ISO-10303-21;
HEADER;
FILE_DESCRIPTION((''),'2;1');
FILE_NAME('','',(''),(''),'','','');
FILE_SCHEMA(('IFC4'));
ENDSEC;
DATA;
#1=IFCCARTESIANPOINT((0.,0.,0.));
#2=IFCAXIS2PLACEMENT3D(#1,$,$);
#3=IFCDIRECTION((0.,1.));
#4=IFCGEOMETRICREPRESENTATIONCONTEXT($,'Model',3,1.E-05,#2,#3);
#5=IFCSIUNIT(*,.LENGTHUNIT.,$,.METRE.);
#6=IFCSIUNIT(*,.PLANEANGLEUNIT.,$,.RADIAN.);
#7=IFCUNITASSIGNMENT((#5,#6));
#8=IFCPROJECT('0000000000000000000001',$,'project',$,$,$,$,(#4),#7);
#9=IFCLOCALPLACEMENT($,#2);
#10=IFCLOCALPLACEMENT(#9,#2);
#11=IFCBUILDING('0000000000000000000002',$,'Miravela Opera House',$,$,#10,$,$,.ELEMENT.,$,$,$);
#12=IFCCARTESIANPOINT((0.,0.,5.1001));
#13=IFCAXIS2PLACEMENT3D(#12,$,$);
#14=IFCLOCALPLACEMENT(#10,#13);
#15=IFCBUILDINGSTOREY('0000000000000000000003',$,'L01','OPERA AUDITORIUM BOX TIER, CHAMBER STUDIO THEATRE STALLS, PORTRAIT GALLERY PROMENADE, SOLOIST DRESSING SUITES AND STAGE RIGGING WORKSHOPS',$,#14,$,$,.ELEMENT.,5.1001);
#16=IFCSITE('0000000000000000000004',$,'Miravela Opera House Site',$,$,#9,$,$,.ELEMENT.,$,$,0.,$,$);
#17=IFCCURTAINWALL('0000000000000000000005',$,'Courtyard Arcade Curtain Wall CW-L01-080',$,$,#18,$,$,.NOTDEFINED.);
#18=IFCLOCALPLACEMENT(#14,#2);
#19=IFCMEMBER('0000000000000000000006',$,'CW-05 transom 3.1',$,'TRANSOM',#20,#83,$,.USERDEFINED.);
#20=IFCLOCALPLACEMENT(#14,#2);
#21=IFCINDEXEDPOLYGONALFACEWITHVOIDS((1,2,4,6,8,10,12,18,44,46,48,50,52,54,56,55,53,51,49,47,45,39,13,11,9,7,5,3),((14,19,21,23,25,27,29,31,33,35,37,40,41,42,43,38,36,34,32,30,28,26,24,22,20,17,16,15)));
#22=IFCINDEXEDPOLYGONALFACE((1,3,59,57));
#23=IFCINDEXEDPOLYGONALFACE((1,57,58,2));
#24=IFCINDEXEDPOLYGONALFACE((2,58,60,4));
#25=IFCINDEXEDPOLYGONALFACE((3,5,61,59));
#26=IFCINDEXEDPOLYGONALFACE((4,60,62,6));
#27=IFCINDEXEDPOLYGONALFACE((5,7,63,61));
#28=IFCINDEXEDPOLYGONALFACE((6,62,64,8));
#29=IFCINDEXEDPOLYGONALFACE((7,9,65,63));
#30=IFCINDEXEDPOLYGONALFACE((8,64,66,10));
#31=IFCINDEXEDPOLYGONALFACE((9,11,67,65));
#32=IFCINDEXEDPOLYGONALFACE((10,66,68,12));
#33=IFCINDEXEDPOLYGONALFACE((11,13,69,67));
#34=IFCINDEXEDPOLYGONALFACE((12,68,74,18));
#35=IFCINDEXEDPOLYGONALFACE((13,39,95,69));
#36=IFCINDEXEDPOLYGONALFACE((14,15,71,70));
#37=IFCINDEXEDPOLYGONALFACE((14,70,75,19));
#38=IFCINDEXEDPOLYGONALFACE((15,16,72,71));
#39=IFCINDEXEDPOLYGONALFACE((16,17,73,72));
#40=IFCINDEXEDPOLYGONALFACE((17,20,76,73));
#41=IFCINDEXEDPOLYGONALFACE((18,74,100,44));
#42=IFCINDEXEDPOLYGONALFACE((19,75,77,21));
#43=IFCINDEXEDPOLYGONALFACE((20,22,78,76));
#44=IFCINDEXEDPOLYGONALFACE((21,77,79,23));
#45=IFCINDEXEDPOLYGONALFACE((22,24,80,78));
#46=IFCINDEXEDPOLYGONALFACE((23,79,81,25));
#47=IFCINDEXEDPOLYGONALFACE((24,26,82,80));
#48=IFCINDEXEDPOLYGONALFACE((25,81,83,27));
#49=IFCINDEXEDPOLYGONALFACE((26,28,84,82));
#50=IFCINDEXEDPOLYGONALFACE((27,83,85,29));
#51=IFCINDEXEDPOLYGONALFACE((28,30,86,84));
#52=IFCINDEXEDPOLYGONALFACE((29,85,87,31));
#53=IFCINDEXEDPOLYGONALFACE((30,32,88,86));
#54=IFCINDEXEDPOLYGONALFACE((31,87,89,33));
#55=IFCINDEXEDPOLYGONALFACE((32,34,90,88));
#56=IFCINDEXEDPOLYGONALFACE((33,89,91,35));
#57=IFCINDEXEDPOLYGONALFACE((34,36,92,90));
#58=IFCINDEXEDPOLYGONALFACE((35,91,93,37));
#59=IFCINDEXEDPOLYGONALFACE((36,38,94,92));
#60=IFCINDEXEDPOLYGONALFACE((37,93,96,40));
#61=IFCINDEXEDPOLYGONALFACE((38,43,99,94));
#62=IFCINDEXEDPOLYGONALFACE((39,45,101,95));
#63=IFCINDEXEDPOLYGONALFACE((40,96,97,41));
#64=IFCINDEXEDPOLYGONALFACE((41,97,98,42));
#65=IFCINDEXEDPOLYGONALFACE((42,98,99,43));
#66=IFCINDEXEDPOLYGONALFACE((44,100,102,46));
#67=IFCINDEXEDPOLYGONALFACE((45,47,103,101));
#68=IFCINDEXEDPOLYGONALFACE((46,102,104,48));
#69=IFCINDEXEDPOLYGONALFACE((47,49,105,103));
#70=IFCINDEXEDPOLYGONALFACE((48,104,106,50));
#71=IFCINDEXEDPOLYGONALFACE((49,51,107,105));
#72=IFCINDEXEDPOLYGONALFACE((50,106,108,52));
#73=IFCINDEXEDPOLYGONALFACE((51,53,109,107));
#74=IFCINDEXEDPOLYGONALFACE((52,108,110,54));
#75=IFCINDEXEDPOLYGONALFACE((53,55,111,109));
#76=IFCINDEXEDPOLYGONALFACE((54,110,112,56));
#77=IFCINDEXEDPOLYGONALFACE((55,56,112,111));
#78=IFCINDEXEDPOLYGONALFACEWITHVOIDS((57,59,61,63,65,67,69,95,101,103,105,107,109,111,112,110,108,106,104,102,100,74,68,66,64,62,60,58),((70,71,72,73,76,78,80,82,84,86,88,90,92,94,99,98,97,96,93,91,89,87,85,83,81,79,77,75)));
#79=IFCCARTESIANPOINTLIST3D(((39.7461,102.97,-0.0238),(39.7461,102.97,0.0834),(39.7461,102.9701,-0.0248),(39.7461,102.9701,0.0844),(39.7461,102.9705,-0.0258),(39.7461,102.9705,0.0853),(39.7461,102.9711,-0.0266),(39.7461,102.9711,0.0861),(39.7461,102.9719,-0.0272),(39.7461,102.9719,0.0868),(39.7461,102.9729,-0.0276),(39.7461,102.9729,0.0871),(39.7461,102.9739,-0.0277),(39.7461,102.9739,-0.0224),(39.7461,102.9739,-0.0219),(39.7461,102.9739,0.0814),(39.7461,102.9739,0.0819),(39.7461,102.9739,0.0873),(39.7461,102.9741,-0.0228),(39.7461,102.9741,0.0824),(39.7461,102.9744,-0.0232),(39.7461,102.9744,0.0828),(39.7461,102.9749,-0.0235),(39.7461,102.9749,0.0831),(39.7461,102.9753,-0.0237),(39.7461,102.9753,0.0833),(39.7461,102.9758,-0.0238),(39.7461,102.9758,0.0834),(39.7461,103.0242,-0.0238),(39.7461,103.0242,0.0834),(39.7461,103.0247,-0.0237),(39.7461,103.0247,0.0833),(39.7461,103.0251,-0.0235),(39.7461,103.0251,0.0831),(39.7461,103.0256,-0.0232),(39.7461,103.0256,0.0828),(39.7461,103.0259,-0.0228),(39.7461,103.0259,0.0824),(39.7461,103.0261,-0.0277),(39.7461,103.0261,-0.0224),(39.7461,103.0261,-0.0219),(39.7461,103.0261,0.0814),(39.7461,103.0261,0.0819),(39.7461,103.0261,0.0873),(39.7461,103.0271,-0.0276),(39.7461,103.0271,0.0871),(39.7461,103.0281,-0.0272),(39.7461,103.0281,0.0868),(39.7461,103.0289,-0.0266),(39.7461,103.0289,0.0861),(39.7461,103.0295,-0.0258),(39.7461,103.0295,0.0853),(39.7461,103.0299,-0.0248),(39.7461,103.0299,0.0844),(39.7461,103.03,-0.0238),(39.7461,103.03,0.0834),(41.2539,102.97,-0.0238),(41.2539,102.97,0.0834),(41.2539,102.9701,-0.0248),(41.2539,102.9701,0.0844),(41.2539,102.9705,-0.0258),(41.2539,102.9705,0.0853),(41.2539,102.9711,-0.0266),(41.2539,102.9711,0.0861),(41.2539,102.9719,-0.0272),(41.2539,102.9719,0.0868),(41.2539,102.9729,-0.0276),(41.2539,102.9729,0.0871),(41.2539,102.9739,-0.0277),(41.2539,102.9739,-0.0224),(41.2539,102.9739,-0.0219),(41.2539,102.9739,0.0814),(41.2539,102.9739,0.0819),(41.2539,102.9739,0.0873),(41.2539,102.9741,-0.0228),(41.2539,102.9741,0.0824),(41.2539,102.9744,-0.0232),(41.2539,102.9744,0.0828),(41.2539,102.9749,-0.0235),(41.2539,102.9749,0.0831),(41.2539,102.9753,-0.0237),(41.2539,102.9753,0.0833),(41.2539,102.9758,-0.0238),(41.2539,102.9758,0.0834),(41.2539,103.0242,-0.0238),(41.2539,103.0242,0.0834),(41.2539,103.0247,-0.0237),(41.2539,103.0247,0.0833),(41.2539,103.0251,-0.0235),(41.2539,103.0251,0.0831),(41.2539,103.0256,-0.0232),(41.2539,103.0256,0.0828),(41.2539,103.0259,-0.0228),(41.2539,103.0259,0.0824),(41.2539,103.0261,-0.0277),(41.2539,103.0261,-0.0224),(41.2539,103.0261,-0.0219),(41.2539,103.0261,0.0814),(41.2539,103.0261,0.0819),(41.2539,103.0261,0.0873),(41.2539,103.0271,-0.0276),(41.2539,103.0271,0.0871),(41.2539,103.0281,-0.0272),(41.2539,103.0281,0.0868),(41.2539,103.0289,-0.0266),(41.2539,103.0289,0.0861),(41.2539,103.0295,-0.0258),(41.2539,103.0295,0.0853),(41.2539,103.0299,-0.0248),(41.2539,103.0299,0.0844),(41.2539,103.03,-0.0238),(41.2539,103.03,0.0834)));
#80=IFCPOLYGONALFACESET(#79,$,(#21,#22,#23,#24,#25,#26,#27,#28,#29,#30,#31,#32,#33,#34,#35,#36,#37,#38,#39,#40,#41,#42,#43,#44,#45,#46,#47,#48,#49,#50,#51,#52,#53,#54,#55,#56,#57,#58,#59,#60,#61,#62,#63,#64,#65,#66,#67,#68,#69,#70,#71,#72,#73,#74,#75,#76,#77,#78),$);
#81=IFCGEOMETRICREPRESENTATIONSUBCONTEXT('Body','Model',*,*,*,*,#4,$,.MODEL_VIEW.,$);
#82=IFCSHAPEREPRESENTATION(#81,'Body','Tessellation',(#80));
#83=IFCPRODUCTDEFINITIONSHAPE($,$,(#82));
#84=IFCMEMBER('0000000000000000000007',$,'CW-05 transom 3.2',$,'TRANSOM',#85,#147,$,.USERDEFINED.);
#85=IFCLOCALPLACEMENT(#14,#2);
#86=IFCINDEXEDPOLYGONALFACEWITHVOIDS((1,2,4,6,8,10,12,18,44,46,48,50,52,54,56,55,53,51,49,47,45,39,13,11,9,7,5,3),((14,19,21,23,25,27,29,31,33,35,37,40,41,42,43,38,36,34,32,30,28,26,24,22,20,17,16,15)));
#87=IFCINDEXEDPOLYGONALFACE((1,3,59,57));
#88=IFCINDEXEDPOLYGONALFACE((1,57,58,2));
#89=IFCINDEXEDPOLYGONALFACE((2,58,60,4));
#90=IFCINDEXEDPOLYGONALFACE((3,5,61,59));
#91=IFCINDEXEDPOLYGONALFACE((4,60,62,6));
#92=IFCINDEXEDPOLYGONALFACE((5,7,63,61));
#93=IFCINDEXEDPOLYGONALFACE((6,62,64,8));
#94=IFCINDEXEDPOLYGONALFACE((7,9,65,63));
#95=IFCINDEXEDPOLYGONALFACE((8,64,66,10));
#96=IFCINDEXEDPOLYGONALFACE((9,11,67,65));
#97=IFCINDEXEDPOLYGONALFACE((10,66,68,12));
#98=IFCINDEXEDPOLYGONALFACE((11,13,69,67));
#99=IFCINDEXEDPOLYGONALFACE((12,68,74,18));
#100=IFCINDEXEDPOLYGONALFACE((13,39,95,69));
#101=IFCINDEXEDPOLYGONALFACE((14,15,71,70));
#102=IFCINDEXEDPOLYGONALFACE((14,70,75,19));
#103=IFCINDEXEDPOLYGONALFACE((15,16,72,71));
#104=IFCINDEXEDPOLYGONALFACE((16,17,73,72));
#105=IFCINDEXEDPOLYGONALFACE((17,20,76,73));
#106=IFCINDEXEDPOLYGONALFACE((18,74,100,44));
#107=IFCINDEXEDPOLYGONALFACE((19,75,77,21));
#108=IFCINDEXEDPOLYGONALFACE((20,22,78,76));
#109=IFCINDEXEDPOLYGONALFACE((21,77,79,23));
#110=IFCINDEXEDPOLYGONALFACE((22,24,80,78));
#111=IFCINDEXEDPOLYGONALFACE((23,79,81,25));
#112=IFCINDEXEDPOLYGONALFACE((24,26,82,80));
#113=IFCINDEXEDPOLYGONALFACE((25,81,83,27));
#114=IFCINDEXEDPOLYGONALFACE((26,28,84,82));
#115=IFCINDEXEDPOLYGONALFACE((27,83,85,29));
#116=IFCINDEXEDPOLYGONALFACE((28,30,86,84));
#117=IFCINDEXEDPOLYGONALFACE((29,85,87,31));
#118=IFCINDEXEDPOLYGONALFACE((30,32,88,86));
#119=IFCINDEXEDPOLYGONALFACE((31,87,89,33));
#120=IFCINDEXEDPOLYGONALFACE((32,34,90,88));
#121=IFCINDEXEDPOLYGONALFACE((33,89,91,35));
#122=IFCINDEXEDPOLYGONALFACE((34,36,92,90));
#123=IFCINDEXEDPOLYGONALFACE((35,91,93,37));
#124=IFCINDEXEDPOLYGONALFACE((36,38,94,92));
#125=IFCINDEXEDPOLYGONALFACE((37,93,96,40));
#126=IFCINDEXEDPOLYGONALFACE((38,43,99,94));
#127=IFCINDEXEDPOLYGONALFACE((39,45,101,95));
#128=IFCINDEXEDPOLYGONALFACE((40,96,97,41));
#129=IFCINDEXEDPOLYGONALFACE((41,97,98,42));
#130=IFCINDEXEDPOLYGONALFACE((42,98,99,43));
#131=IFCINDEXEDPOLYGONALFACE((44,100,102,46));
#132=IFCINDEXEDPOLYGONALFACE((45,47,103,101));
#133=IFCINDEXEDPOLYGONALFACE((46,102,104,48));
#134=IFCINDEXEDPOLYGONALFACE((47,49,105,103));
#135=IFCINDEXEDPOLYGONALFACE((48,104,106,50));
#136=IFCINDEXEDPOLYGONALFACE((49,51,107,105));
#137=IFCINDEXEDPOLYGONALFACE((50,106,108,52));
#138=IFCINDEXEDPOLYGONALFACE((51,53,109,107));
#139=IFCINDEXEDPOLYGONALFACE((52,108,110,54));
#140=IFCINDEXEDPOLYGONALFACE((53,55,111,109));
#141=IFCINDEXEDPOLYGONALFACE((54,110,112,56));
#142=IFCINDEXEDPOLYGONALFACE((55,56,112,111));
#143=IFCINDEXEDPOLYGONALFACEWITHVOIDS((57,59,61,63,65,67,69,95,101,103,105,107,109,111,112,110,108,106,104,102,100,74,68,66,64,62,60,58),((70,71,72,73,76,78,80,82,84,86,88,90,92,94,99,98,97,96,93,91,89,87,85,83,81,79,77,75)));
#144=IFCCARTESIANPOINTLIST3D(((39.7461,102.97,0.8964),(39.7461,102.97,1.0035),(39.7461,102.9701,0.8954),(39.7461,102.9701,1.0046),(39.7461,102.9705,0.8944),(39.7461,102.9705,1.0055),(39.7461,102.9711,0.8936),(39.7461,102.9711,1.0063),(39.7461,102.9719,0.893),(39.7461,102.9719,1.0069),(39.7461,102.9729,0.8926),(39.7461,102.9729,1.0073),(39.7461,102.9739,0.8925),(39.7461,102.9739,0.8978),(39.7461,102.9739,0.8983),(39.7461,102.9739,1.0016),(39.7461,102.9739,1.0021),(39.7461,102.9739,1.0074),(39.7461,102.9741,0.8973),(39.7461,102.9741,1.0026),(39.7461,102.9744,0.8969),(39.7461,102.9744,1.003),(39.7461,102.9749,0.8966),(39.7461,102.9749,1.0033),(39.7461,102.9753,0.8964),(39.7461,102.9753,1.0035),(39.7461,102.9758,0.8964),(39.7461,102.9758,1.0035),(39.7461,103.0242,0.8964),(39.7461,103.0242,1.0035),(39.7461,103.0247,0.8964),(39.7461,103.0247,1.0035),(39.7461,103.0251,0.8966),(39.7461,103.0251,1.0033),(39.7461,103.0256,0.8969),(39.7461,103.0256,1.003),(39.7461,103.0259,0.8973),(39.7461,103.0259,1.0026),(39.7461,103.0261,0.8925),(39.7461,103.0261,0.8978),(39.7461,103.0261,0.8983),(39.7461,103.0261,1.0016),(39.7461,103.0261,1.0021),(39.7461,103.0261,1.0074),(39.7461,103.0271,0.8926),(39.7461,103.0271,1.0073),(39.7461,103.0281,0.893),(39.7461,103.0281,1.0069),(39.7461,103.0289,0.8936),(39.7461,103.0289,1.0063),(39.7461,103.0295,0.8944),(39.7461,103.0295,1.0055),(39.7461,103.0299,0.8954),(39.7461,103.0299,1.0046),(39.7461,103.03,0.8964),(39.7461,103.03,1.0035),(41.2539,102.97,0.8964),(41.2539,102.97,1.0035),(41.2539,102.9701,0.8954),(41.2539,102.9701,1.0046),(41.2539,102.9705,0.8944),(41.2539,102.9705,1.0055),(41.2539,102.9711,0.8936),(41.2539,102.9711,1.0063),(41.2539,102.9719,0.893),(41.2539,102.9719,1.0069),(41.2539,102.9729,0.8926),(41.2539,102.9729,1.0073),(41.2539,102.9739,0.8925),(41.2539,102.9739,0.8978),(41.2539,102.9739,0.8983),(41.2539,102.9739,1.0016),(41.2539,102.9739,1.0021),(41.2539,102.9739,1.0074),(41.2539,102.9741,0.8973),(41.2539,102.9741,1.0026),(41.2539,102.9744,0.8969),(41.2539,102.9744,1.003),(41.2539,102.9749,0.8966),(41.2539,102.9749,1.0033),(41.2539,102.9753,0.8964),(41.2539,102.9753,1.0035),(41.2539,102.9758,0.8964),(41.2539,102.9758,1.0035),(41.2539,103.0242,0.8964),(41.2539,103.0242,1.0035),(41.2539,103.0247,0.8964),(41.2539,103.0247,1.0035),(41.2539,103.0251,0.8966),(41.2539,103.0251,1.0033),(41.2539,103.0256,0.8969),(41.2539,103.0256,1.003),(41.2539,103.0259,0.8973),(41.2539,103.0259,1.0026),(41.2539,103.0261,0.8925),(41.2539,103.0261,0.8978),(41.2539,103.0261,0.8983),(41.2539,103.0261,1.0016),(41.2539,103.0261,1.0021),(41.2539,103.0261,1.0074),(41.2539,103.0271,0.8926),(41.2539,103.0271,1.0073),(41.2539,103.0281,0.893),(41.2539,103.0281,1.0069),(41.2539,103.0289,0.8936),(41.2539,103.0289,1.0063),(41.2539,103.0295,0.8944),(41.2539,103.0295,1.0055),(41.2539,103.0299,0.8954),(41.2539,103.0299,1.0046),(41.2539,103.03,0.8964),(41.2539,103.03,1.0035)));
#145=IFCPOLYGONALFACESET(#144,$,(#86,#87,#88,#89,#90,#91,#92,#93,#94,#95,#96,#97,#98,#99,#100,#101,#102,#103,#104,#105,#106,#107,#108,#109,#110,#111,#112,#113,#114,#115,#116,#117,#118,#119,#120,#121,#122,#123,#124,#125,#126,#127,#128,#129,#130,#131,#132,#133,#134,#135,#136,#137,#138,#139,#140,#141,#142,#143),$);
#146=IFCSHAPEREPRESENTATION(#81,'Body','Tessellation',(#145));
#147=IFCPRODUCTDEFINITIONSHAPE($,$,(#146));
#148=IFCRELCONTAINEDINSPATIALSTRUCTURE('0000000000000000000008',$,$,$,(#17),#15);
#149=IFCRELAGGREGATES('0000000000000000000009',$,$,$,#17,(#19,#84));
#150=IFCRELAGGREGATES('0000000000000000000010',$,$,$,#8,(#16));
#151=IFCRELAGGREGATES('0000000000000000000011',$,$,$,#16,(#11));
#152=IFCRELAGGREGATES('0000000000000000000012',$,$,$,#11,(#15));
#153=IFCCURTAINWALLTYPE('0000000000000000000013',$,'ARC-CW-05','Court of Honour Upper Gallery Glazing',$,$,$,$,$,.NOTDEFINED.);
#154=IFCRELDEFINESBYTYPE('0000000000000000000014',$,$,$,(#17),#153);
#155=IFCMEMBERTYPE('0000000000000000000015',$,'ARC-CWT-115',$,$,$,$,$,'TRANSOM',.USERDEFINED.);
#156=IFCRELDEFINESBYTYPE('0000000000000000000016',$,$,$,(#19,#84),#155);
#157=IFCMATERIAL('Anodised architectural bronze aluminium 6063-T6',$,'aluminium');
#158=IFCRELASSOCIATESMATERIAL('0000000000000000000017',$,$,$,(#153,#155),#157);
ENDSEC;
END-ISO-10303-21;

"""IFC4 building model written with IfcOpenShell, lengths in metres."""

from ifc_helpers import new_model, si_unit, direction, frame, origin, origin_2d, place, context, subcontext, project, spatial, hollow_rectangle, extrude, material, material_profile, profile_set, type_object, element, aggregate, save


model = new_model("IFC4")

# Units and contexts
model_context = context("Model", 3, precision=1e-05, world=origin(), true_north=direction((0.0, 1.0)))
body_context = subcontext(model_context, "Body", "Model", "MODEL_VIEW")
ifc_project = project(units=[si_unit("LENGTHUNIT", "METRE"), si_unit("PLANEANGLEUNIT", "RADIAN")], contexts=[model_context])

# Site, building, storey
site_placement = place(None, origin())
site = spatial("IfcSite", under=ifc_project, at=site_placement, Name="Miravela Opera House Site", CompositionType="ELEMENT", RefElevation=0.0)
building_placement = place(site_placement, origin())
building = spatial("IfcBuilding", under=site, at=building_placement, Name="Miravela Opera House", CompositionType="ELEMENT")
storey_placement = place(building_placement, frame((0.0, 0.0, 5.1001)))
storey = spatial("IfcBuildingStorey", under=building, at=storey_placement, Name="L01", Description="OPERA AUDITORIUM BOX TIER, CHAMBER STUDIO THEATRE STALLS, PORTRAIT GALLERY PROMENADE, SOLOIST DRESSING SUITES AND STAGE RIGGING WORKSHOPS", CompositionType="ELEMENT", Elevation=5.1001)

# Curtain wall, members
ifc_material_1 = material(Name="Anodised architectural bronze aluminium 6063-T6", Category="aluminium")
curtain_wall_type = type_object("IfcCurtainWallType", Name="ARC-CW-05", Description="Court of Honour Upper Gallery Glazing", PredefinedType="NOTDEFINED", material=ifc_material_1)
curtain_wall_placement = place(storey_placement, origin())
curtain_wall = element("IfcCurtainWall", 1, at=curtain_wall_placement, inside=storey, type_object=curtain_wall_type, Name="Courtyard Arcade Curtain Wall CW-L01-080", PredefinedType="NOTDEFINED")
ifc_material_profile_1 = material_profile(ifc_material_1, hollow_rectangle(XDim=0.0601, YDim=0.115, WallThickness=0.0039, InnerFilletRadius=0.002, OuterFilletRadius=0.0039, at=origin_2d()), Name="CWT-60X115")
ifc_profile_set_1 = profile_set([ifc_material_profile_1])
member_type_1 = type_object("IfcMemberType", Name="ARC-CWT-115", ElementType="TRANSOM", PredefinedType="USERDEFINED", material=ifc_profile_set_1)
member_1_placement = place(storey_placement, frame((39.7461, 103.0, 0.0298), z_axis=(1.0, 0.0, 0.0), x_axis=(0.0, 1.0, 0.0)))
member_1 = element("IfcMember", 2, at=member_1_placement, type_object=member_type_1, Name="CW-05 transom 3.1", ObjectType="TRANSOM", PredefinedType="USERDEFINED", context=body_context, shape_type="SweptSolid", body=[
    extrude(hollow_rectangle(XDim=0.0601, YDim=0.115, WallThickness=0.0039, InnerFilletRadius=0.002, OuterFilletRadius=0.0039, at=origin_2d()), origin(), (0.0, 0.0, 1.0), 1.5078),
])
member_2_placement = place(storey_placement, frame((39.7461, 103.0, 0.95), z_axis=(1.0, 0.0, 0.0), x_axis=(0.0, 1.0, 0.0)))
member_2 = element("IfcMember", 3, at=member_2_placement, type_object=member_type_1, Name="CW-05 transom 3.2", ObjectType="TRANSOM", PredefinedType="USERDEFINED", context=body_context, shape_type="SweptSolid", body=[
    extrude(hollow_rectangle(XDim=0.0601, YDim=0.115, WallThickness=0.0039, InnerFilletRadius=0.002, OuterFilletRadius=0.0039, at=origin_2d()), origin(), (0.0, 0.0, 1.0), 1.5078),
])

aggregate(curtain_wall, [member_1, member_2])

save(model, "model.ifc")
